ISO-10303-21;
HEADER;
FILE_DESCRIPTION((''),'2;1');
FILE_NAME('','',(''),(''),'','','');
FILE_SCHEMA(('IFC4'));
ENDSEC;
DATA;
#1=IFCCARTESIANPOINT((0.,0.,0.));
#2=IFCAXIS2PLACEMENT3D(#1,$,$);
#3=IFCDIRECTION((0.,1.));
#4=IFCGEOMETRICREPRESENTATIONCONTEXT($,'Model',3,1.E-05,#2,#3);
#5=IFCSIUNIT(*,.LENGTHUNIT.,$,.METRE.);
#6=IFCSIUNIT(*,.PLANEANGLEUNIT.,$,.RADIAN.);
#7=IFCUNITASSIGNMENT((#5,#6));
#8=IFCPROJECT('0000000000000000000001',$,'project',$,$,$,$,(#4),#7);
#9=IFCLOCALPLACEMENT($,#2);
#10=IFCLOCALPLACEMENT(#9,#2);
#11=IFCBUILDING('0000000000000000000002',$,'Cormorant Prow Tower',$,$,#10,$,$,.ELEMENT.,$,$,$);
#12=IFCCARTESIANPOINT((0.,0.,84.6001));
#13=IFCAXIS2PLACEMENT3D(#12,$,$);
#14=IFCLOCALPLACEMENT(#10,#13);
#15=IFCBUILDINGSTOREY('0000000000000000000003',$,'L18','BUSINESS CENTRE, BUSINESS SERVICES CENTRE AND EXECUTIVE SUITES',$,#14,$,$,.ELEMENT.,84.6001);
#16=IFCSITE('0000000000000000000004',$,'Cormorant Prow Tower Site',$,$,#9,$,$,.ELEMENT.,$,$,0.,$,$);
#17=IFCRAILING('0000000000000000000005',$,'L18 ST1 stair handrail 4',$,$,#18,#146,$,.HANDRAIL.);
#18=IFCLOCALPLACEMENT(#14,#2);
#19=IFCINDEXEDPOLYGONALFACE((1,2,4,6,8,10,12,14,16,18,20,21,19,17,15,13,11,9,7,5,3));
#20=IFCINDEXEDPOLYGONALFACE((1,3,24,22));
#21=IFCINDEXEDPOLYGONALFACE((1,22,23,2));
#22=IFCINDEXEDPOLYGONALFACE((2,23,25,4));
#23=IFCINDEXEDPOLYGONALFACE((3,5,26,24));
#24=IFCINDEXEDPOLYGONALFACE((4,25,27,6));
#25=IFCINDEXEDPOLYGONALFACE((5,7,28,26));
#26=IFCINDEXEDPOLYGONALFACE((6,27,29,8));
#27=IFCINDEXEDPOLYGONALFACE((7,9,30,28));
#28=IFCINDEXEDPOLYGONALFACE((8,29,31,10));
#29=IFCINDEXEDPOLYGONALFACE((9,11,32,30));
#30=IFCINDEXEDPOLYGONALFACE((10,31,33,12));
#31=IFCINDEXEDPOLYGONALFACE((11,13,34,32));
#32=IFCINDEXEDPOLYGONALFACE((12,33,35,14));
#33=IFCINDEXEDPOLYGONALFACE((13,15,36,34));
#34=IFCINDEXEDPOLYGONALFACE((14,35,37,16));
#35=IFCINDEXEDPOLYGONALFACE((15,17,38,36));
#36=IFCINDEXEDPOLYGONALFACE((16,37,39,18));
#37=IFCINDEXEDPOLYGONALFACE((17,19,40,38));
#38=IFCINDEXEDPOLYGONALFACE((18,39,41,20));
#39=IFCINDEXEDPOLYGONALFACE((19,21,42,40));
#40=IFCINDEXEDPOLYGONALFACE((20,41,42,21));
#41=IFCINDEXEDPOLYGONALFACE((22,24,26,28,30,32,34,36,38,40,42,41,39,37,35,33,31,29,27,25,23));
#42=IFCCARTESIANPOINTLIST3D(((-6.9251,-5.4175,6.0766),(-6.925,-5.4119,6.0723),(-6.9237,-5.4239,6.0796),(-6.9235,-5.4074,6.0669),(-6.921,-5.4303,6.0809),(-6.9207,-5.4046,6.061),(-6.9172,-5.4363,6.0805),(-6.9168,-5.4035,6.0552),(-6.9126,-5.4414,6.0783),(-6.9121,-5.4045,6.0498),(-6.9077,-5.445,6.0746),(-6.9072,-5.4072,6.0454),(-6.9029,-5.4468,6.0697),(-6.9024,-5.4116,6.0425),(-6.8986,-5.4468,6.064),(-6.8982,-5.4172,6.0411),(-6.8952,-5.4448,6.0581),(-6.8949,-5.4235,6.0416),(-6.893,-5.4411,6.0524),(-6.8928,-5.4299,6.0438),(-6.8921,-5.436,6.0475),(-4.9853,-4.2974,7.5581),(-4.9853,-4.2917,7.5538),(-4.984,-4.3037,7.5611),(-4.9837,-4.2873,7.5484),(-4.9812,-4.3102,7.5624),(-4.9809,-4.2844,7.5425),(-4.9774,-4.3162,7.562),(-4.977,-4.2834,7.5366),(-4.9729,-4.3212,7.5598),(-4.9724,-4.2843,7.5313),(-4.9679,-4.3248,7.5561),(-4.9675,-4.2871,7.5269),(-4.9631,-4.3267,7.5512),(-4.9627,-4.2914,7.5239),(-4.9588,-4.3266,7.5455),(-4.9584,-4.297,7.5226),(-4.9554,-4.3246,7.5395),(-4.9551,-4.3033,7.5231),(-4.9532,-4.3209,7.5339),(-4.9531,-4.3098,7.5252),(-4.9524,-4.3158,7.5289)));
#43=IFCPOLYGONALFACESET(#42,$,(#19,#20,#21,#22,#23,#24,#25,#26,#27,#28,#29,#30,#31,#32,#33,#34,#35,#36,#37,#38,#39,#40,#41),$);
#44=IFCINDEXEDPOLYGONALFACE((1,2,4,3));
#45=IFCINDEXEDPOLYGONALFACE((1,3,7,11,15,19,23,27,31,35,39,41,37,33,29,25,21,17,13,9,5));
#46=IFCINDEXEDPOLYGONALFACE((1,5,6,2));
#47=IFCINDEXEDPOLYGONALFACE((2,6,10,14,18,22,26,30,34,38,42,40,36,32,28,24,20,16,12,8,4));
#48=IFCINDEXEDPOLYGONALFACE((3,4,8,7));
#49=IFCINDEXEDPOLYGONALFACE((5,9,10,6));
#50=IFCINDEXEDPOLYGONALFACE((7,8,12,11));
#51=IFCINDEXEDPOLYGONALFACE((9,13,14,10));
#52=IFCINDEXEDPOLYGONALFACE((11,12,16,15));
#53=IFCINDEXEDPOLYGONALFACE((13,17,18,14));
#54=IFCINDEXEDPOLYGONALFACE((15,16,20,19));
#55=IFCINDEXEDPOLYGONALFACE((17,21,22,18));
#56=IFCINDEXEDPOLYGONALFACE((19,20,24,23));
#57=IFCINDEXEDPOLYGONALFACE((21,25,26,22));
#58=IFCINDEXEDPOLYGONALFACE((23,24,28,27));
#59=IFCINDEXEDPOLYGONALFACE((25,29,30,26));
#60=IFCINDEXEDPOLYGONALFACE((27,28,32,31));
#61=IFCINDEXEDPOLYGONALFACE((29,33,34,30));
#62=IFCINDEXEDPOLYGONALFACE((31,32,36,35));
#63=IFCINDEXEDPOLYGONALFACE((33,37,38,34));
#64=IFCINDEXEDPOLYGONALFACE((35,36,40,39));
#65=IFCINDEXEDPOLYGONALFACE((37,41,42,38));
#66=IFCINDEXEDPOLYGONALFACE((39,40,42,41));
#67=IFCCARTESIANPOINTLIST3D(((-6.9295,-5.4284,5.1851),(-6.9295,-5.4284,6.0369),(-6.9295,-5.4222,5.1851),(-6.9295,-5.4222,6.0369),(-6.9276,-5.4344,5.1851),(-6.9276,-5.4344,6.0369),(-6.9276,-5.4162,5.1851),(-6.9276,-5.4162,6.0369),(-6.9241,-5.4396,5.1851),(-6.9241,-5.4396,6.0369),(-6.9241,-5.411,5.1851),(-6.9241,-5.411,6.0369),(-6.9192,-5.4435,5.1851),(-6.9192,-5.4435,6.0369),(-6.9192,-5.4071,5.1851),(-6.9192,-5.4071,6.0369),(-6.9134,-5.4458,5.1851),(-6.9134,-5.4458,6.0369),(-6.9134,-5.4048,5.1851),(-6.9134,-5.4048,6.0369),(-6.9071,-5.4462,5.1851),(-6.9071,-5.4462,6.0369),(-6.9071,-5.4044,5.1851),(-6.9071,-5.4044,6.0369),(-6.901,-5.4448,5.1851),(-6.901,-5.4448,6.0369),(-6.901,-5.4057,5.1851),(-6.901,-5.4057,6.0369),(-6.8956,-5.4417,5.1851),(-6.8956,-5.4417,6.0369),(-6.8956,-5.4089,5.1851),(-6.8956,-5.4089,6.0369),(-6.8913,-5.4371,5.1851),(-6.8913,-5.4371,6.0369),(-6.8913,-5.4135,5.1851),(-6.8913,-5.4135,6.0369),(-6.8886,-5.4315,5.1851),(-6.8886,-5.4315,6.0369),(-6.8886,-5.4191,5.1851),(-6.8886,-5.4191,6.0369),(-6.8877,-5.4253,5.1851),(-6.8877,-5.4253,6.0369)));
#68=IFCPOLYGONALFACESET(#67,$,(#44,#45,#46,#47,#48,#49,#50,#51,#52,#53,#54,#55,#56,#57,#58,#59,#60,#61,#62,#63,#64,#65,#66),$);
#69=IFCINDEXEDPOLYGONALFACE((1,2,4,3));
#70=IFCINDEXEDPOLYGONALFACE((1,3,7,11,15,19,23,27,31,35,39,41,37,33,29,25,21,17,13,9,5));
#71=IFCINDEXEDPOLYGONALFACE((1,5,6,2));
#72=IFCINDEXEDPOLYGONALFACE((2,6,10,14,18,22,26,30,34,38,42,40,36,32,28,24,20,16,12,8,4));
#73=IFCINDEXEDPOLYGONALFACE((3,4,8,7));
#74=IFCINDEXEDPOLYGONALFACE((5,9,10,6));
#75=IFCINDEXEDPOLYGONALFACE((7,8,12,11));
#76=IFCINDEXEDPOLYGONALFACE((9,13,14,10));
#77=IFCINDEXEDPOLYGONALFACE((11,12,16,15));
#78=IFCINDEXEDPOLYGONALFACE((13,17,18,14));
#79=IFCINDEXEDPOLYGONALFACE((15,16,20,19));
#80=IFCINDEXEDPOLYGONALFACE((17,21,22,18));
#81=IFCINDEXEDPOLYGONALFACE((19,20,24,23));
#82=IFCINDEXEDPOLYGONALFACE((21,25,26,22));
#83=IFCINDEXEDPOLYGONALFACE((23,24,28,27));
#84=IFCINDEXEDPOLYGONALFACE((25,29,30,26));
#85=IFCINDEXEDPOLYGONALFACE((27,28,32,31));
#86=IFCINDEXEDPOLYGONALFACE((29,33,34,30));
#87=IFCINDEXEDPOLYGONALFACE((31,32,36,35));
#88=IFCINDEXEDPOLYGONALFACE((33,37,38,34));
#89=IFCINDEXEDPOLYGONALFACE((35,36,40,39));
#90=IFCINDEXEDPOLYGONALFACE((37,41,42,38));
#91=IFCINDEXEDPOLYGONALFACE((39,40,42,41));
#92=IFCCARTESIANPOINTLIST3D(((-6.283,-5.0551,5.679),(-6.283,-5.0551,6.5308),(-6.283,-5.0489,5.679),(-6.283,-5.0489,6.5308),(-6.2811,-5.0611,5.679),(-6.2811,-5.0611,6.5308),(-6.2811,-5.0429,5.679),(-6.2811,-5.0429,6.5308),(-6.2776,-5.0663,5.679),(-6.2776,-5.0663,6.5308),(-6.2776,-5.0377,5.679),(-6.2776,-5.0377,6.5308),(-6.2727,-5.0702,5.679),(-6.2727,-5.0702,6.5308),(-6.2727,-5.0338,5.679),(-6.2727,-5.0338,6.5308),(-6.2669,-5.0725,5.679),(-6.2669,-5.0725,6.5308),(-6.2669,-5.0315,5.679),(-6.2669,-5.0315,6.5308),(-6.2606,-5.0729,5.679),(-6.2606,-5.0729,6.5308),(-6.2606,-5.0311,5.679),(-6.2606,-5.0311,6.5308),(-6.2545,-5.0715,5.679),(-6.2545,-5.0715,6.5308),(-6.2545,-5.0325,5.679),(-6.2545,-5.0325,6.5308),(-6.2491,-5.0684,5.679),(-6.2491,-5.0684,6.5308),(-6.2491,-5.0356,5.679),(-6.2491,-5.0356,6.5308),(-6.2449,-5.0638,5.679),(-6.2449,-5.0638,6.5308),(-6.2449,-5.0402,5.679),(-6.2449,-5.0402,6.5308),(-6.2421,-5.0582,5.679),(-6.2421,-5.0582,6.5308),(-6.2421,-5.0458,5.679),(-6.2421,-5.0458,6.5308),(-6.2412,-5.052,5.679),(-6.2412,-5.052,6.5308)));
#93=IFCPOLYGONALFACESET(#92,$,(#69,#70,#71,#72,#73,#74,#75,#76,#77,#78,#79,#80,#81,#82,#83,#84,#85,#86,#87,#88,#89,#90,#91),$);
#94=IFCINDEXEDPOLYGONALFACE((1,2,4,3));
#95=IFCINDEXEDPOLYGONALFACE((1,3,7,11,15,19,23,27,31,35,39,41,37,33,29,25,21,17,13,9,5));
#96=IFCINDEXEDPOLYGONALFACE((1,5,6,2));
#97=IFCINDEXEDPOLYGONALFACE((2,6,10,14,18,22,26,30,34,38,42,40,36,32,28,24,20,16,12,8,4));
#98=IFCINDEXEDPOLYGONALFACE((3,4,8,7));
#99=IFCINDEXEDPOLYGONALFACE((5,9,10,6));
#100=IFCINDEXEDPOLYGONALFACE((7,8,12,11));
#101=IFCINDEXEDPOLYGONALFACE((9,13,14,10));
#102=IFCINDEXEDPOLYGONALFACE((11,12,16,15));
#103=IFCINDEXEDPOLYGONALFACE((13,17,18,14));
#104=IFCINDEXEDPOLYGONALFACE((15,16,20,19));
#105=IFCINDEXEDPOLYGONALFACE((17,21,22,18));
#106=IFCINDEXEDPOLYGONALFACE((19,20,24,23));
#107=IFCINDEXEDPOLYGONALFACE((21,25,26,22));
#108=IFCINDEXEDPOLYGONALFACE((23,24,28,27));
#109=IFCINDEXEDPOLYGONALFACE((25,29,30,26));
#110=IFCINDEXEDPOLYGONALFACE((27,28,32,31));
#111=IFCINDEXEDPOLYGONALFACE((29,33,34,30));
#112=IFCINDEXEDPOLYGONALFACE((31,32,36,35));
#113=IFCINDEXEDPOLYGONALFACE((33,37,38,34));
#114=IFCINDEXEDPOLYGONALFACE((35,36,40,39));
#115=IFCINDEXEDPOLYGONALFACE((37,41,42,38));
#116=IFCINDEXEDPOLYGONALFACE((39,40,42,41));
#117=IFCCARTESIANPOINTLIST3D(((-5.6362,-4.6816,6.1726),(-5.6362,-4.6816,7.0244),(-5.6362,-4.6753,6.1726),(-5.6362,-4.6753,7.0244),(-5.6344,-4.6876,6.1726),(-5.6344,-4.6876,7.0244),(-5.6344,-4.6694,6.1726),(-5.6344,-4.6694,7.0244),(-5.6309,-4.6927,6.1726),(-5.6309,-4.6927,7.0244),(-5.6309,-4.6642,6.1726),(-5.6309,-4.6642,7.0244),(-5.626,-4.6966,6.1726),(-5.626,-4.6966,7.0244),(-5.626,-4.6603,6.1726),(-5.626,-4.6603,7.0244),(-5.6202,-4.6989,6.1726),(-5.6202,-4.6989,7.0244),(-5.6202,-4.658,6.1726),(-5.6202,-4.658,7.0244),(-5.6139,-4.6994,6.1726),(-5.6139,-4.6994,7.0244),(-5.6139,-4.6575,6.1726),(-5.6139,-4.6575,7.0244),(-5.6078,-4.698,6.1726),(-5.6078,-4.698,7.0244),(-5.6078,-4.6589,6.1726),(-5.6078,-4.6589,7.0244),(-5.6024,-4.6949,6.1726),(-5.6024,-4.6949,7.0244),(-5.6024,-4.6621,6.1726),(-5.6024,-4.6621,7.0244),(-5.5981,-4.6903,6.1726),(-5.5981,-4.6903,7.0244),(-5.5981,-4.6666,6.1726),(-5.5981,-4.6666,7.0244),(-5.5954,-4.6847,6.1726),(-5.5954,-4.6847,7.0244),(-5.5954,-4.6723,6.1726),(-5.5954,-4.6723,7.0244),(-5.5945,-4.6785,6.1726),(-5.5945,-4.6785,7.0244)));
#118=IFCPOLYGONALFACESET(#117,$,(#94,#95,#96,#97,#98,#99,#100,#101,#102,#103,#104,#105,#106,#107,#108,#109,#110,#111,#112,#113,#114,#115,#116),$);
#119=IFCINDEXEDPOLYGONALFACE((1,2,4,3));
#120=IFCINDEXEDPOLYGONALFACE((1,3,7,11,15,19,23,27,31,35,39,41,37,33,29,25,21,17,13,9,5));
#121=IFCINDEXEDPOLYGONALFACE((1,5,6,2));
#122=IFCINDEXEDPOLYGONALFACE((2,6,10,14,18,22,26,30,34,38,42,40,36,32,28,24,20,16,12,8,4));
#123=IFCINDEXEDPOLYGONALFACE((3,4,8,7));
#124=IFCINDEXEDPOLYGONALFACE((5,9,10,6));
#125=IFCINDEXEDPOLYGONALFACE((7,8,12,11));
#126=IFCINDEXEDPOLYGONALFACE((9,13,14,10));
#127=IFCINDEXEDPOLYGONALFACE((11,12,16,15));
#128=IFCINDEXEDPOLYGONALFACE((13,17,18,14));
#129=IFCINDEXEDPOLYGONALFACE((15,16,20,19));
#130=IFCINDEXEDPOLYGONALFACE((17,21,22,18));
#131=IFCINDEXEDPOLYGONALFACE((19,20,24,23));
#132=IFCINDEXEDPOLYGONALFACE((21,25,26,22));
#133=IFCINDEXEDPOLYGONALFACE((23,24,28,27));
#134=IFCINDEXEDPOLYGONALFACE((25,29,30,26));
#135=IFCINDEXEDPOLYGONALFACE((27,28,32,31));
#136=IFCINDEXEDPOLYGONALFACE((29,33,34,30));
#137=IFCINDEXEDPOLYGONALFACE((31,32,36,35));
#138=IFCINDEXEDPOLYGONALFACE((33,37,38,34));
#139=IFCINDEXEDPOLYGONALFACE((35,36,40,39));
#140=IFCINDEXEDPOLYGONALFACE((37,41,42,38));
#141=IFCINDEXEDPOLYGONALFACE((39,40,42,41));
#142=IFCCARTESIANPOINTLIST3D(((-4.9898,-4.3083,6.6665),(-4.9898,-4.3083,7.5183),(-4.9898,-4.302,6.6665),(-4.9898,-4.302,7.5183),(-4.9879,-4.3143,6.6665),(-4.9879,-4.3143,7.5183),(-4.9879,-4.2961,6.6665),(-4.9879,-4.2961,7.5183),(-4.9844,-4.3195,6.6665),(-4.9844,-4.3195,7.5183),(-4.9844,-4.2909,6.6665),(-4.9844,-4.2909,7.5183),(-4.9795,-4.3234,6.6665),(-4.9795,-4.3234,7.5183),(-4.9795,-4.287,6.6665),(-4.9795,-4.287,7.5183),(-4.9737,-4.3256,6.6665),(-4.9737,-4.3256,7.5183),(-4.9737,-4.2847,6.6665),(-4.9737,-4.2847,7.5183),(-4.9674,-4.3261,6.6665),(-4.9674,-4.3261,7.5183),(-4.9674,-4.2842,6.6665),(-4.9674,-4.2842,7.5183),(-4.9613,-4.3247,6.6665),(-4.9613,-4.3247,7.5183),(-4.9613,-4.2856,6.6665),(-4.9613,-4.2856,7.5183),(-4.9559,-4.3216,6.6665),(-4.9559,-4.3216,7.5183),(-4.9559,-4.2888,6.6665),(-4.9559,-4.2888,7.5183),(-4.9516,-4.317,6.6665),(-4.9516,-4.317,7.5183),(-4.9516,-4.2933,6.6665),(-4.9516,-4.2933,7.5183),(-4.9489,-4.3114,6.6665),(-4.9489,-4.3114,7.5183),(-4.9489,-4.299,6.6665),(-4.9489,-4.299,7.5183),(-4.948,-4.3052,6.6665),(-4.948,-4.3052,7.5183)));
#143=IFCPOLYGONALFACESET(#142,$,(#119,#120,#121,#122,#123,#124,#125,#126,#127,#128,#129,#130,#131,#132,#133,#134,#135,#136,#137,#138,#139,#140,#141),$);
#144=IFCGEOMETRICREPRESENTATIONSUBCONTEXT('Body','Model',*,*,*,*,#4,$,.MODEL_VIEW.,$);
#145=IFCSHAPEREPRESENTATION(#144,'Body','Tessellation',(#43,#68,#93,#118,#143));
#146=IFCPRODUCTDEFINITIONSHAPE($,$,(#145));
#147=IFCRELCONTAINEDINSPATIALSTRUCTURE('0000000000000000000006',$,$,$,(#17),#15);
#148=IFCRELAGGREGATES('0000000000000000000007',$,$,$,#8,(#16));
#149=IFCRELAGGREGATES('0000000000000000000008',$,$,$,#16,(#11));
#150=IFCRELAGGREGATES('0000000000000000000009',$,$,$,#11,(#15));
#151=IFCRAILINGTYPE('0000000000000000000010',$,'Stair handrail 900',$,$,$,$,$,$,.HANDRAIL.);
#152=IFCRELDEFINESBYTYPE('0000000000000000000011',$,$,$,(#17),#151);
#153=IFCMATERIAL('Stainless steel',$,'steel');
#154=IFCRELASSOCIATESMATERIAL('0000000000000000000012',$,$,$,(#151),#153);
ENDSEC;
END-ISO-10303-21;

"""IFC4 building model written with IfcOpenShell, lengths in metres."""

from ifc_helpers import new_model, si_unit, direction, frame, origin, origin_2d, place, context, subcontext, project, spatial, circle, extrude, material, type_object, element, save


model = new_model("IFC4")

# Units and contexts
model_context = context("Model", 3, precision=1e-05, world=origin(), true_north=direction((0.0, 1.0)))
body_context = subcontext(model_context, "Body", "Model", "MODEL_VIEW")
ifc_project = project(units=[si_unit("LENGTHUNIT", "METRE"), si_unit("PLANEANGLEUNIT", "RADIAN")], contexts=[model_context])

# Site, building, storey
site_placement = place(None, origin())
site = spatial("IfcSite", under=ifc_project, at=site_placement, Name="Cormorant Prow Tower Site", CompositionType="ELEMENT", RefElevation=0.0)
building_placement = place(site_placement, origin())
building = spatial("IfcBuilding", under=site, at=building_placement, Name="Cormorant Prow Tower", CompositionType="ELEMENT")
storey_placement = place(building_placement, frame((0.0, 0.0, 84.6001)))
storey = spatial("IfcBuildingStorey", under=building, at=storey_placement, Name="L18", Description="BUSINESS CENTRE, BUSINESS SERVICES CENTRE AND EXECUTIVE SUITES", CompositionType="ELEMENT", Elevation=84.6001)

# Railing
ifc_material_1 = material(Name="Stainless steel", Category="steel")
railing_type_1 = type_object("IfcRailingType", Name="Stair handrail 900", PredefinedType="HANDRAIL", material=ifc_material_1)
for number, where, name in (
    (1, (-6.9087, -5.4253, 5.1851), "L18 ST1 stair handrail 4"),
):
    element("IfcRailing", number, at=place(storey_placement, frame(where)), inside=storey, type_object=railing_type_1, Name=name, PredefinedType="HANDRAIL", context=body_context, shape_type="SweptSolid", body=[
        extrude(circle(Radius=0.0239, at=origin_2d()), frame((0.0, 0.0, 0.876), z_axis=(0.722292, 0.417102, 0.551651), x_axis=(-0.500078, 0.86598, 0.0)), (0.0, 0.0, 1.0), 2.6855),
        extrude(circle(Radius=0.021, at=origin_2d()), origin(), (0.0, 0.0, 1.0), 0.8518),
        extrude(circle(Radius=0.021, at=origin_2d()), frame((0.6465, 0.3733, 0.4939)), (0.0, 0.0, 1.0), 0.8518),
        extrude(circle(Radius=0.021, at=origin_2d()), frame((1.2932, 0.7468, 0.9875)), (0.0, 0.0, 1.0), 0.8518),
        extrude(circle(Radius=0.021, at=origin_2d()), frame((1.9397, 1.1201, 1.4814)), (0.0, 0.0, 1.0), 0.8518),
    ])

save(model, "model.ifc")
